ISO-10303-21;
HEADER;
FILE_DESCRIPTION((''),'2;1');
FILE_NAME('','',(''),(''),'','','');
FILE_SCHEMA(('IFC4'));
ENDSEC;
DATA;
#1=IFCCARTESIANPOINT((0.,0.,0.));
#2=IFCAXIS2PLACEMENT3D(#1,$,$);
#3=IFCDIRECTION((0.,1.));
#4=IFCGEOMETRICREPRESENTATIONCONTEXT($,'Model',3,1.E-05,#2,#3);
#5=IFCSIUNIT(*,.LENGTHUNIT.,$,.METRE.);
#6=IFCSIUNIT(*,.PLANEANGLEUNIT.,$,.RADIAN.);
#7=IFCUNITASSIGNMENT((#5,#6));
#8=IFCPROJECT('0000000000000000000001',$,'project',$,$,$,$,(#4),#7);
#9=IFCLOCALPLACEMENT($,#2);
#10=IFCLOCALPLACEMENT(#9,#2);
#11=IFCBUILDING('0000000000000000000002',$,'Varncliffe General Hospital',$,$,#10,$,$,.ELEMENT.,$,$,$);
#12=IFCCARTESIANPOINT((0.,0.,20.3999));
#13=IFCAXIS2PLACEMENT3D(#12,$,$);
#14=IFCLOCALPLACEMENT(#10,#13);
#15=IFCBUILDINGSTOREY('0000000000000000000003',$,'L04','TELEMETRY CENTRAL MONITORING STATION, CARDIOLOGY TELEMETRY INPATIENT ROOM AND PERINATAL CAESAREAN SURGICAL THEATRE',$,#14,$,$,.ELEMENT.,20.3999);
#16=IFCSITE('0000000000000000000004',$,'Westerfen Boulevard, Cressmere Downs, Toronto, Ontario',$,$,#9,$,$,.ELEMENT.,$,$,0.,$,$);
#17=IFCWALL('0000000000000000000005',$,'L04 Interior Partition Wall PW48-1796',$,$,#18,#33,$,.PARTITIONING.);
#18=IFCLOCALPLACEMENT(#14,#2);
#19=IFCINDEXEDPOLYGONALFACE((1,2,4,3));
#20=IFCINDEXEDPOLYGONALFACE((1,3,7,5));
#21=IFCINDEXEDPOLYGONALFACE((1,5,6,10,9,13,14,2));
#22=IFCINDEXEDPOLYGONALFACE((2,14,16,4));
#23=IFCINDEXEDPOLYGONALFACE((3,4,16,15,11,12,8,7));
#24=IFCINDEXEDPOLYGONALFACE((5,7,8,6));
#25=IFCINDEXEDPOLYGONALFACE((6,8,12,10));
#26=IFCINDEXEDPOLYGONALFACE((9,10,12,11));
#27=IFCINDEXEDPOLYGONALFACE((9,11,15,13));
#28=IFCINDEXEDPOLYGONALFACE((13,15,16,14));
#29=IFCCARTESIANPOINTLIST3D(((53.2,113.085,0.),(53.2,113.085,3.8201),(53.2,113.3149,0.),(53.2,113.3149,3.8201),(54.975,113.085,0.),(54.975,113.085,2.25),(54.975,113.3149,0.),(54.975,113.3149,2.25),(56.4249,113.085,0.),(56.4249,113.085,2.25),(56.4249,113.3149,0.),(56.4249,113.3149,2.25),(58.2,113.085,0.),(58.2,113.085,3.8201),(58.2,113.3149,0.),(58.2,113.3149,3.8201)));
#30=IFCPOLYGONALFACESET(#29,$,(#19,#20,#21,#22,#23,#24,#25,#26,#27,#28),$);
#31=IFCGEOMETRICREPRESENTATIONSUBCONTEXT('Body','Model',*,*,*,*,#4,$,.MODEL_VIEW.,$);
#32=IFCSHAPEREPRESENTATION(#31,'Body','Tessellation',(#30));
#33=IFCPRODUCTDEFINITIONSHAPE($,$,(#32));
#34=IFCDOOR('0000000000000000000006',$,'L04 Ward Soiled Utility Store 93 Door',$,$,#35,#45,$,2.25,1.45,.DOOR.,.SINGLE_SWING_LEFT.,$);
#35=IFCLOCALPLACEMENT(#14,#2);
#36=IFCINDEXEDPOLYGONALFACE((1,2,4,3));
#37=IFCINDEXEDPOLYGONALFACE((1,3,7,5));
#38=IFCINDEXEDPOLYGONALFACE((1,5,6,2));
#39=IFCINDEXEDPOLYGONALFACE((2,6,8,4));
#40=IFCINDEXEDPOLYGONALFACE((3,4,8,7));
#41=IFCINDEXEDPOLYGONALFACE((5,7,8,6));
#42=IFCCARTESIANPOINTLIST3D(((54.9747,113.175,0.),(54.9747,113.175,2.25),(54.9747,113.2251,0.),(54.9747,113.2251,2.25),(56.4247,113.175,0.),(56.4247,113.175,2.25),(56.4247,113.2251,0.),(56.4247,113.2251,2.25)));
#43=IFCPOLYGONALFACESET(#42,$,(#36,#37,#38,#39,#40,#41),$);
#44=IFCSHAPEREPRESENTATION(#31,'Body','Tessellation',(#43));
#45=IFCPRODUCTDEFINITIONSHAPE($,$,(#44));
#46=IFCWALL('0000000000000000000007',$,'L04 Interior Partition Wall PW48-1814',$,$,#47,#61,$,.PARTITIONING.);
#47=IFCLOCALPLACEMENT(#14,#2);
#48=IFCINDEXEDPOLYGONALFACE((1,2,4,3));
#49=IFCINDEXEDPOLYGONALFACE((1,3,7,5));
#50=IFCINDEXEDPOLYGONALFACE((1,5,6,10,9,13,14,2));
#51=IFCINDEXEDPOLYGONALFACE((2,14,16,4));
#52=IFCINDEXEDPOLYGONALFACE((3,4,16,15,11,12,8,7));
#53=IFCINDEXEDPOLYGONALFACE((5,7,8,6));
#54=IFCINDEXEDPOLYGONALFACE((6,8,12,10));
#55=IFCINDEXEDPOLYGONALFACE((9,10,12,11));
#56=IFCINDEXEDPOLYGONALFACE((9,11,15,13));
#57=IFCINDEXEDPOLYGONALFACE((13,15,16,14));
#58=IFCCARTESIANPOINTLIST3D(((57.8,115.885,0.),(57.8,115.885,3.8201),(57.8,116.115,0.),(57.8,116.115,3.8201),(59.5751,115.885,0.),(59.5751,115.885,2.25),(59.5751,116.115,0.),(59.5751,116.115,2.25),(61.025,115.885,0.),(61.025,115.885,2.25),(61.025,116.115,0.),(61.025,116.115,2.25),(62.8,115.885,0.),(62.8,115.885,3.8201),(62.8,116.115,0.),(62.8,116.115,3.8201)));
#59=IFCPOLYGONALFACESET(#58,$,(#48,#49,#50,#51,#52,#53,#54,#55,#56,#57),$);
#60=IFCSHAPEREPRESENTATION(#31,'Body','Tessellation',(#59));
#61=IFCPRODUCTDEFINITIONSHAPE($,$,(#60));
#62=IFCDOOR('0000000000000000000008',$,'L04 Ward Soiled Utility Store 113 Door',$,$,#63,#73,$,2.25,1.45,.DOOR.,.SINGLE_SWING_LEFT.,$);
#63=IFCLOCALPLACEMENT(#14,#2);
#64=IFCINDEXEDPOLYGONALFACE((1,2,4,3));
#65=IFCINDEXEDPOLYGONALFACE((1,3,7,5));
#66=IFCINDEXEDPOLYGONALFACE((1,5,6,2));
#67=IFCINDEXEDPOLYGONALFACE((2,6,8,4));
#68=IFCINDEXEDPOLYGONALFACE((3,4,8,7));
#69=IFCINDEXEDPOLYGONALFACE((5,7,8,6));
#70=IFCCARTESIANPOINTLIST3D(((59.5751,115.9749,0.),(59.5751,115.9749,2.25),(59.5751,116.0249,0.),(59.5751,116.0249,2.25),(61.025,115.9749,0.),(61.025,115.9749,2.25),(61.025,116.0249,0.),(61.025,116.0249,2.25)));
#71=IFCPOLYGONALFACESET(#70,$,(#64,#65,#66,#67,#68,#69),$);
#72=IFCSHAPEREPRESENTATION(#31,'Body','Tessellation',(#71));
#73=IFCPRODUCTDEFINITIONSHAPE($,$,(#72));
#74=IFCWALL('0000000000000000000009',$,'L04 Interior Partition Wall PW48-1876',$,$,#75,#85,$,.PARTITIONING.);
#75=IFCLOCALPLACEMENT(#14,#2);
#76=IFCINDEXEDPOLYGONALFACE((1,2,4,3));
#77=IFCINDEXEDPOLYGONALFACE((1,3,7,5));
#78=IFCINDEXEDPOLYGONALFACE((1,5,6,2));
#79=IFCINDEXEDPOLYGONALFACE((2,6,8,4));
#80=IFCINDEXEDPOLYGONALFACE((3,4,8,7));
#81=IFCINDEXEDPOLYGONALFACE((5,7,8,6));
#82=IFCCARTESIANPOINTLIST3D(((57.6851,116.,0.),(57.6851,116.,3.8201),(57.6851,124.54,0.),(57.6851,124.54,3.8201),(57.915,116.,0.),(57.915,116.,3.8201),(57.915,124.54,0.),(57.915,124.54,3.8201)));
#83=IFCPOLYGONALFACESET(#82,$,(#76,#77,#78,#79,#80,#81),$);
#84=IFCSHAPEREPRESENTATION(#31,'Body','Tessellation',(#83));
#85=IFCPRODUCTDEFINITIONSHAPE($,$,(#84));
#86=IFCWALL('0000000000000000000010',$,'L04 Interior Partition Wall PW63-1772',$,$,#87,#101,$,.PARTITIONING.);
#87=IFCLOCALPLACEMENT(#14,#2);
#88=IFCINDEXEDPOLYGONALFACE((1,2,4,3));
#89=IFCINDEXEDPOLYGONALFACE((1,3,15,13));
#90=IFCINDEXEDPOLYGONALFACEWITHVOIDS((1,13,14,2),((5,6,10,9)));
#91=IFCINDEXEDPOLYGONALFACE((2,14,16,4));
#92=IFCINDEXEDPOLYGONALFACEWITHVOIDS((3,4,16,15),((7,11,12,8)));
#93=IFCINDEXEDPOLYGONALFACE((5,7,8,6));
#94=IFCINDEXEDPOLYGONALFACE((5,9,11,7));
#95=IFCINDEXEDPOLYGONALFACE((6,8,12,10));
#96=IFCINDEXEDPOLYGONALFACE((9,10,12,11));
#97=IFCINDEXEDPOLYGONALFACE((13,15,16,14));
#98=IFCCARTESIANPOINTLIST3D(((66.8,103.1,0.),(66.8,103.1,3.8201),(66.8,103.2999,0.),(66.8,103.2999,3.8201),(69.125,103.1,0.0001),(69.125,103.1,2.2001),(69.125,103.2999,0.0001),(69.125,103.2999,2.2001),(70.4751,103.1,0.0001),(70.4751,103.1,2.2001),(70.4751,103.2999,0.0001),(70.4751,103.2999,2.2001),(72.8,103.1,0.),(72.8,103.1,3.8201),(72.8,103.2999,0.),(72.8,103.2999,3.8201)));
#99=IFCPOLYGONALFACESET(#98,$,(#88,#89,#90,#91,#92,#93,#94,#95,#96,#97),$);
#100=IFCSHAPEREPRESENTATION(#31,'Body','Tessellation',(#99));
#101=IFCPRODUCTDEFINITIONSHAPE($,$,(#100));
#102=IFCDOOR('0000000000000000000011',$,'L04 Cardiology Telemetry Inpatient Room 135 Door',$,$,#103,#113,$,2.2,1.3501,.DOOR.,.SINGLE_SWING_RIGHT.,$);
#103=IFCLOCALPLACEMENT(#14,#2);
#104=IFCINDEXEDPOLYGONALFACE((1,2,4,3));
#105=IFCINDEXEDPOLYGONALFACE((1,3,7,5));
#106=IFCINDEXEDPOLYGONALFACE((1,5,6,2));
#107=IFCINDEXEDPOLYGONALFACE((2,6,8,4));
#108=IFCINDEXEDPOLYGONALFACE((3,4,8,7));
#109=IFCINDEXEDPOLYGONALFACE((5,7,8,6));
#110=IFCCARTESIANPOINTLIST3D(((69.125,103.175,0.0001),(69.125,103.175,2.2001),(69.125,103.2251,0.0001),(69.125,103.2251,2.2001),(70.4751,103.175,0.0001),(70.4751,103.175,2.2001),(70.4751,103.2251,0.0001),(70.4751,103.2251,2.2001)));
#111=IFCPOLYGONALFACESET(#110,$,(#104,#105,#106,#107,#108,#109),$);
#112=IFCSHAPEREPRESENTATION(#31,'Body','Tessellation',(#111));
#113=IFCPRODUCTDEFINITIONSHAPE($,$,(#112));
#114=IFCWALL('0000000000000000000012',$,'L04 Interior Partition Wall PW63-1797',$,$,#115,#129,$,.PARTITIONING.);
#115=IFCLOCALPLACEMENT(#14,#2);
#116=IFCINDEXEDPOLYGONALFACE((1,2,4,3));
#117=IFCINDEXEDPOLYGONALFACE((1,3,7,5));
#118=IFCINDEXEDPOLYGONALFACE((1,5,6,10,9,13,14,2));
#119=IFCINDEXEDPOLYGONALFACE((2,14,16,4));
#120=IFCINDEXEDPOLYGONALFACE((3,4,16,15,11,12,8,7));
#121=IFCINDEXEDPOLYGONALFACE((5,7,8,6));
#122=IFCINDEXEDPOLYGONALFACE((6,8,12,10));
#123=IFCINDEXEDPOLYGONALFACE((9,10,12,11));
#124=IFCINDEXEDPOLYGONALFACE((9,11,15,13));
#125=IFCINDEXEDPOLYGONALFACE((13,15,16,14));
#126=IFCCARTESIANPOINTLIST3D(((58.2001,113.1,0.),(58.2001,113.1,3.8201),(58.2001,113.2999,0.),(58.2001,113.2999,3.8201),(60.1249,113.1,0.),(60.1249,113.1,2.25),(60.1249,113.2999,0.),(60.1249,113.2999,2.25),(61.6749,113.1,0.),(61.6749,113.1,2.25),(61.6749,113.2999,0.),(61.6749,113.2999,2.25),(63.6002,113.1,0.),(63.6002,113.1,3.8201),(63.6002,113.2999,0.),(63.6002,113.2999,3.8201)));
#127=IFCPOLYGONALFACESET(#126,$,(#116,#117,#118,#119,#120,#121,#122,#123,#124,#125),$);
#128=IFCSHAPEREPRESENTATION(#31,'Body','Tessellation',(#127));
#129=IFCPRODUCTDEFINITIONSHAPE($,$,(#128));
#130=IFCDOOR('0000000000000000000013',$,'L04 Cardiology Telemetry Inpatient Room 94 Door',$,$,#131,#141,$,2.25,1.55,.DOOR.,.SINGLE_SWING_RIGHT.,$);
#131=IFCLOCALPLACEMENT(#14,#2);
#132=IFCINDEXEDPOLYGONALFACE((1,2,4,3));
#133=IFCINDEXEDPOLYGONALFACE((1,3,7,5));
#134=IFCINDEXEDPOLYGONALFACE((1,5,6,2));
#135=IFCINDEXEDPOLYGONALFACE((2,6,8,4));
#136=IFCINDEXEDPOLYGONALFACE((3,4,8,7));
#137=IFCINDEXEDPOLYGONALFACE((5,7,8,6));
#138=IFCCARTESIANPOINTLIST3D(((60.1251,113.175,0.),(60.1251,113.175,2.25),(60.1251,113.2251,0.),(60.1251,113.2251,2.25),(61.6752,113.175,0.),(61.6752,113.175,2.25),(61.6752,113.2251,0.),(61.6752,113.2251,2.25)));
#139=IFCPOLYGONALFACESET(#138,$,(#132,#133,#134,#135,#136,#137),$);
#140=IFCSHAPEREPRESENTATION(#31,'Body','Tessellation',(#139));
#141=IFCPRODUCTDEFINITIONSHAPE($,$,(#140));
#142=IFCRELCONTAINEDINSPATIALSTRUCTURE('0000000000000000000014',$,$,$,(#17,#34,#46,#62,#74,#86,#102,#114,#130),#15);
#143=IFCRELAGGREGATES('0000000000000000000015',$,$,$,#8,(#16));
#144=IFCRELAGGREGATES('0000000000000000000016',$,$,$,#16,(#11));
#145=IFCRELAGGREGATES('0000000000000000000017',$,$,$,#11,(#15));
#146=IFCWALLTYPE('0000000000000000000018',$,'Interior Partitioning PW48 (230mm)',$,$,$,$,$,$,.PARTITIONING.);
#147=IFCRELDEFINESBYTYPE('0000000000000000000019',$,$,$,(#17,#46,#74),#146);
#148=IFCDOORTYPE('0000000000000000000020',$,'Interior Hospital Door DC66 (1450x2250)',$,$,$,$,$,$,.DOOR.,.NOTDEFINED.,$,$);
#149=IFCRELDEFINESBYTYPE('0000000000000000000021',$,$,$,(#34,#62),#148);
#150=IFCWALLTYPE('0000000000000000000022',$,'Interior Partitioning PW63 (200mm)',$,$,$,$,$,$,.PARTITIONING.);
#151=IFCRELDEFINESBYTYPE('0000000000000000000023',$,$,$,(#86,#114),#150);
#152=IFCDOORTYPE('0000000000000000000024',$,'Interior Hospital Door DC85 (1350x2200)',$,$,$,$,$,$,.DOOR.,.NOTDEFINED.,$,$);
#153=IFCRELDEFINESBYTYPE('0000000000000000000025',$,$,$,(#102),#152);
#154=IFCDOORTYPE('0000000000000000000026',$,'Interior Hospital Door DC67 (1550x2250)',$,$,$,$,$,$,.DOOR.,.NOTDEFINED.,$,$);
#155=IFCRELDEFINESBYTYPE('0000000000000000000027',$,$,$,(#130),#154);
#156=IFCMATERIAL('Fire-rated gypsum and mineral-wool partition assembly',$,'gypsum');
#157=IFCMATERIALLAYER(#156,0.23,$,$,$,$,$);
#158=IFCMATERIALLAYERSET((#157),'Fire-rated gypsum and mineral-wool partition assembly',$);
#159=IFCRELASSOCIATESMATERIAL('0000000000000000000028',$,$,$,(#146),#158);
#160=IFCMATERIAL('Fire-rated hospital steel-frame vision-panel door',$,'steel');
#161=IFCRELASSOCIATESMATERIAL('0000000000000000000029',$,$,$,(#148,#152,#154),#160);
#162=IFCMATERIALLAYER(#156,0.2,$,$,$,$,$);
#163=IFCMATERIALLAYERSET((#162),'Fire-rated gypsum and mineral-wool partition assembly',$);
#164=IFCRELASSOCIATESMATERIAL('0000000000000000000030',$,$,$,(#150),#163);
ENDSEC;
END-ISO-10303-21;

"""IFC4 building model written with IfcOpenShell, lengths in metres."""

from ifc_helpers import new_model, si_unit, direction, frame, frame_2d, origin, place, context, subcontext, project, spatial, rectangle, extrude, material, layer, layer_set, type_object, element, fill, save


model = new_model("IFC4")

# Units and contexts
model_context = context("Model", 3, precision=1e-05, world=origin(), true_north=direction((0.0, 1.0)))
body_context = subcontext(model_context, "Body", "Model", "MODEL_VIEW")
ifc_project = project(units=[si_unit("LENGTHUNIT", "METRE"), si_unit("PLANEANGLEUNIT", "RADIAN")], contexts=[model_context])

# Site, building, storey
site_placement = place(None, origin())
site = spatial("IfcSite", under=ifc_project, at=site_placement, Name="Westerfen Boulevard, Cressmere Downs, Toronto, Ontario", CompositionType="ELEMENT", RefElevation=0.0)
building_placement = place(site_placement, origin())
building = spatial("IfcBuilding", under=site, at=building_placement, Name="Varncliffe General Hospital", CompositionType="ELEMENT")
storey_placement = place(building_placement, frame((0.0, 0.0, 20.3999)))
storey = spatial("IfcBuildingStorey", under=building, at=storey_placement, Name="L04", Description="TELEMETRY CENTRAL MONITORING STATION, CARDIOLOGY TELEMETRY INPATIENT ROOM AND PERINATAL CAESAREAN SURGICAL THEATRE", CompositionType="ELEMENT", Elevation=20.3999)

# Shared definitions
ifc_material_1 = material(Name="Fire-rated gypsum and mineral-wool partition assembly", Category="gypsum")

# Walls, openings, doors
ifc_layer_1 = layer(ifc_material_1, 0.23)
ifc_layer_set_1 = layer_set([ifc_layer_1], Name="Fire-rated gypsum and mineral-wool partition assembly")
wall_type_1 = type_object("IfcWallType", Name="Interior Partitioning PW48 (230mm)", PredefinedType="PARTITIONING", material=ifc_layer_set_1)
wall_1_placement = place(storey_placement, frame((53.2, 113.2, 0.0), z_axis=(0.0, 0.0, 1.0), x_axis=(1.0, 0.0, 0.0)))
wall_1 = element("IfcWall", 1, at=wall_1_placement, inside=storey, type_object=wall_type_1, Name="L04 Interior Partition Wall PW48-1796", PredefinedType="PARTITIONING", context=body_context, shape_type="SweptSolid", body=[
    extrude(rectangle(XDim=5.0, YDim=0.23, at=frame_2d((2.5, 0.0))), origin(), (0.0, 0.0, 1.0), 3.8201),
])
opening_1_placement = place(wall_1_placement, frame((1.7749, 0.0, 0.0)))
opening_1 = element("IfcOpeningElement", 2, at=opening_1_placement, cuts=wall_1, PredefinedType="OPENING", context=body_context, shape_type="SweptSolid", body=[
    extrude(rectangle(XDim=1.45, YDim=2.25, at=frame_2d((0.7251, 1.125))), frame((0.0, 0.125, 0.0), z_axis=(0.0, -1.0, 0.0), x_axis=(1.0, 0.0, 0.0)), (0.0, 0.0, 1.0), 0.25),
])
ifc_material_2 = material(Name="Fire-rated hospital steel-frame vision-panel door", Category="steel")
door_type_1 = type_object("IfcDoorType", Name="Interior Hospital Door DC66 (1450x2250)", OperationType="NOTDEFINED", PredefinedType="DOOR", material=ifc_material_2)
door_1_placement = place(opening_1_placement, frame((1.45, 0.0, 0.0), z_axis=(0.0, 0.0, 1.0), x_axis=(-1.0, 0.0, 0.0)))
door_1 = element("IfcDoor", 3, at=door_1_placement, inside=storey, type_object=door_type_1, Name="L04 Ward Soiled Utility Store 93 Door", OperationType="SINGLE_SWING_LEFT", OverallHeight=2.25, OverallWidth=1.45, PredefinedType="DOOR", context=body_context, shape_type="SweptSolid", body=[
    extrude(rectangle(XDim=1.45, YDim=2.25, at=frame_2d((0.7251, 1.125))), frame((0.0, 0.0249, 0.0), z_axis=(0.0, -1.0, 0.0), x_axis=(1.0, 0.0, 0.0)), (0.0, 0.0, 1.0), 0.05),
])
fill(opening_1, door_1)
wall_2_placement = place(storey_placement, frame((57.8, 116.0, 0.0), z_axis=(0.0, 0.0, 1.0), x_axis=(1.0, 0.0, 0.0)))
wall_2 = element("IfcWall", 4, at=wall_2_placement, inside=storey, type_object=wall_type_1, Name="L04 Interior Partition Wall PW48-1814", PredefinedType="PARTITIONING", context=body_context, shape_type="SweptSolid", body=[
    extrude(rectangle(XDim=5.0, YDim=0.23, at=frame_2d((2.5, 0.0))), origin(), (0.0, 0.0, 1.0), 3.8201),
])
opening_2_placement = place(wall_2_placement, frame((1.7749, 0.0, 0.0)))
opening_2 = element("IfcOpeningElement", 5, at=opening_2_placement, cuts=wall_2, PredefinedType="OPENING", context=body_context, shape_type="SweptSolid", body=[
    extrude(rectangle(XDim=1.45, YDim=2.25, at=frame_2d((0.7251, 1.125))), frame((0.0, 0.125, 0.0), z_axis=(0.0, -1.0, 0.0), x_axis=(1.0, 0.0, 0.0)), (0.0, 0.0, 1.0), 0.25),
])
door_2_placement = place(opening_2_placement, origin())
door_2 = element("IfcDoor", 6, at=door_2_placement, inside=storey, type_object=door_type_1, Name="L04 Ward Soiled Utility Store 113 Door", OperationType="SINGLE_SWING_LEFT", OverallHeight=2.25, OverallWidth=1.45, PredefinedType="DOOR", context=body_context, shape_type="SweptSolid", body=[
    extrude(rectangle(XDim=1.45, YDim=2.25, at=frame_2d((0.7251, 1.125))), frame((0.0, 0.0249, 0.0), z_axis=(0.0, -1.0, 0.0), x_axis=(1.0, 0.0, 0.0)), (0.0, 0.0, 1.0), 0.05),
])
fill(opening_2, door_2)

# Wall
wall_3_placement = place(storey_placement, frame((57.8, 116.0, 0.0), z_axis=(0.0, 0.0, 1.0), x_axis=(0.0, 1.0, 0.0)))
element("IfcWall", 7, at=wall_3_placement, inside=storey, type_object=wall_type_1, Name="L04 Interior Partition Wall PW48-1876", PredefinedType="PARTITIONING", context=body_context, shape_type="SweptSolid", body=[
    extrude(rectangle(XDim=8.54, YDim=0.23, at=frame_2d((4.27, 0.0))), origin(), (0.0, 0.0, 1.0), 3.8201),
])

# Walls, openings, doors
ifc_layer_2 = layer(ifc_material_1, 0.2)
ifc_layer_set_2 = layer_set([ifc_layer_2], Name="Fire-rated gypsum and mineral-wool partition assembly")
wall_type_2 = type_object("IfcWallType", Name="Interior Partitioning PW63 (200mm)", PredefinedType="PARTITIONING", material=ifc_layer_set_2)
wall_4_placement = place(storey_placement, frame((66.8, 103.2, 0.0), z_axis=(0.0, 0.0, 1.0), x_axis=(1.0, 0.0, 0.0)))
wall_4 = element("IfcWall", 8, at=wall_4_placement, inside=storey, type_object=wall_type_2, Name="L04 Interior Partition Wall PW63-1772", PredefinedType="PARTITIONING", context=body_context, shape_type="SweptSolid", body=[
    extrude(rectangle(XDim=6.0, YDim=0.2, at=frame_2d((3.0, 0.0))), origin(), (0.0, 0.0, 1.0), 3.8201),
])
opening_3_placement = place(wall_4_placement, frame((2.325, 0.0, 0.0)))
opening_3 = element("IfcOpeningElement", 9, at=opening_3_placement, cuts=wall_4, PredefinedType="OPENING", context=body_context, shape_type="SweptSolid", body=[
    extrude(rectangle(XDim=1.3501, YDim=2.2, at=frame_2d((0.675, 1.1001))), frame((0.0, 0.1099, 0.0), z_axis=(0.0, -1.0, 0.0), x_axis=(1.0, 0.0, 0.0)), (0.0, 0.0, 1.0), 0.22),
])
door_type_2 = type_object("IfcDoorType", Name="Interior Hospital Door DC85 (1350x2200)", OperationType="NOTDEFINED", PredefinedType="DOOR", material=ifc_material_2)
door_3_placement = place(opening_3_placement, frame((1.3501, 0.0, 0.0), z_axis=(0.0, 0.0, 1.0), x_axis=(-1.0, 0.0, 0.0)))
door_3 = element("IfcDoor", 10, at=door_3_placement, inside=storey, type_object=door_type_2, Name="L04 Cardiology Telemetry Inpatient Room 135 Door", OperationType="SINGLE_SWING_RIGHT", OverallHeight=2.2, OverallWidth=1.3501, PredefinedType="DOOR", context=body_context, shape_type="SweptSolid", body=[
    extrude(rectangle(XDim=1.3501, YDim=2.2, at=frame_2d((0.675, 1.1001))), frame((0.0, 0.0249, 0.0), z_axis=(0.0, -1.0, 0.0), x_axis=(1.0, 0.0, 0.0)), (0.0, 0.0, 1.0), 0.05),
])
fill(opening_3, door_3)
wall_5_placement = place(storey_placement, frame((58.2, 113.2, 0.0), z_axis=(0.0, 0.0, 1.0), x_axis=(1.0, 0.0, 0.0)))
wall_5 = element("IfcWall", 11, at=wall_5_placement, inside=storey, type_object=wall_type_2, Name="L04 Interior Partition Wall PW63-1797", PredefinedType="PARTITIONING", context=body_context, shape_type="SweptSolid", body=[
    extrude(rectangle(XDim=5.4001, YDim=0.2, at=frame_2d((2.7002, 0.0))), origin(), (0.0, 0.0, 1.0), 3.8201),
])
opening_4_placement = place(wall_5_placement, frame((1.925, 0.0, 0.0)))
opening_4 = element("IfcOpeningElement", 12, at=opening_4_placement, cuts=wall_5, PredefinedType="OPENING", context=body_context, shape_type="SweptSolid", body=[
    extrude(rectangle(XDim=1.55, YDim=2.25, at=frame_2d((0.7749, 1.125))), frame((0.0, 0.1099, 0.0), z_axis=(0.0, -1.0, 0.0), x_axis=(1.0, 0.0, 0.0)), (0.0, 0.0, 1.0), 0.22),
])
door_type_3 = type_object("IfcDoorType", Name="Interior Hospital Door DC67 (1550x2250)", OperationType="NOTDEFINED", PredefinedType="DOOR", material=ifc_material_2)
door_4_placement = place(opening_4_placement, frame((1.55, 0.0, 0.0), z_axis=(0.0, 0.0, 1.0), x_axis=(-1.0, 0.0, 0.0)))
door_4 = element("IfcDoor", 13, at=door_4_placement, inside=storey, type_object=door_type_3, Name="L04 Cardiology Telemetry Inpatient Room 94 Door", OperationType="SINGLE_SWING_RIGHT", OverallHeight=2.25, OverallWidth=1.55, PredefinedType="DOOR", context=body_context, shape_type="SweptSolid", body=[
    extrude(rectangle(XDim=1.55, YDim=2.25, at=frame_2d((0.7749, 1.125))), frame((0.0, 0.0249, 0.0), z_axis=(0.0, -1.0, 0.0), x_axis=(1.0, 0.0, 0.0)), (0.0, 0.0, 1.0), 0.05),
])
fill(opening_4, door_4)

save(model, "model.ifc")
